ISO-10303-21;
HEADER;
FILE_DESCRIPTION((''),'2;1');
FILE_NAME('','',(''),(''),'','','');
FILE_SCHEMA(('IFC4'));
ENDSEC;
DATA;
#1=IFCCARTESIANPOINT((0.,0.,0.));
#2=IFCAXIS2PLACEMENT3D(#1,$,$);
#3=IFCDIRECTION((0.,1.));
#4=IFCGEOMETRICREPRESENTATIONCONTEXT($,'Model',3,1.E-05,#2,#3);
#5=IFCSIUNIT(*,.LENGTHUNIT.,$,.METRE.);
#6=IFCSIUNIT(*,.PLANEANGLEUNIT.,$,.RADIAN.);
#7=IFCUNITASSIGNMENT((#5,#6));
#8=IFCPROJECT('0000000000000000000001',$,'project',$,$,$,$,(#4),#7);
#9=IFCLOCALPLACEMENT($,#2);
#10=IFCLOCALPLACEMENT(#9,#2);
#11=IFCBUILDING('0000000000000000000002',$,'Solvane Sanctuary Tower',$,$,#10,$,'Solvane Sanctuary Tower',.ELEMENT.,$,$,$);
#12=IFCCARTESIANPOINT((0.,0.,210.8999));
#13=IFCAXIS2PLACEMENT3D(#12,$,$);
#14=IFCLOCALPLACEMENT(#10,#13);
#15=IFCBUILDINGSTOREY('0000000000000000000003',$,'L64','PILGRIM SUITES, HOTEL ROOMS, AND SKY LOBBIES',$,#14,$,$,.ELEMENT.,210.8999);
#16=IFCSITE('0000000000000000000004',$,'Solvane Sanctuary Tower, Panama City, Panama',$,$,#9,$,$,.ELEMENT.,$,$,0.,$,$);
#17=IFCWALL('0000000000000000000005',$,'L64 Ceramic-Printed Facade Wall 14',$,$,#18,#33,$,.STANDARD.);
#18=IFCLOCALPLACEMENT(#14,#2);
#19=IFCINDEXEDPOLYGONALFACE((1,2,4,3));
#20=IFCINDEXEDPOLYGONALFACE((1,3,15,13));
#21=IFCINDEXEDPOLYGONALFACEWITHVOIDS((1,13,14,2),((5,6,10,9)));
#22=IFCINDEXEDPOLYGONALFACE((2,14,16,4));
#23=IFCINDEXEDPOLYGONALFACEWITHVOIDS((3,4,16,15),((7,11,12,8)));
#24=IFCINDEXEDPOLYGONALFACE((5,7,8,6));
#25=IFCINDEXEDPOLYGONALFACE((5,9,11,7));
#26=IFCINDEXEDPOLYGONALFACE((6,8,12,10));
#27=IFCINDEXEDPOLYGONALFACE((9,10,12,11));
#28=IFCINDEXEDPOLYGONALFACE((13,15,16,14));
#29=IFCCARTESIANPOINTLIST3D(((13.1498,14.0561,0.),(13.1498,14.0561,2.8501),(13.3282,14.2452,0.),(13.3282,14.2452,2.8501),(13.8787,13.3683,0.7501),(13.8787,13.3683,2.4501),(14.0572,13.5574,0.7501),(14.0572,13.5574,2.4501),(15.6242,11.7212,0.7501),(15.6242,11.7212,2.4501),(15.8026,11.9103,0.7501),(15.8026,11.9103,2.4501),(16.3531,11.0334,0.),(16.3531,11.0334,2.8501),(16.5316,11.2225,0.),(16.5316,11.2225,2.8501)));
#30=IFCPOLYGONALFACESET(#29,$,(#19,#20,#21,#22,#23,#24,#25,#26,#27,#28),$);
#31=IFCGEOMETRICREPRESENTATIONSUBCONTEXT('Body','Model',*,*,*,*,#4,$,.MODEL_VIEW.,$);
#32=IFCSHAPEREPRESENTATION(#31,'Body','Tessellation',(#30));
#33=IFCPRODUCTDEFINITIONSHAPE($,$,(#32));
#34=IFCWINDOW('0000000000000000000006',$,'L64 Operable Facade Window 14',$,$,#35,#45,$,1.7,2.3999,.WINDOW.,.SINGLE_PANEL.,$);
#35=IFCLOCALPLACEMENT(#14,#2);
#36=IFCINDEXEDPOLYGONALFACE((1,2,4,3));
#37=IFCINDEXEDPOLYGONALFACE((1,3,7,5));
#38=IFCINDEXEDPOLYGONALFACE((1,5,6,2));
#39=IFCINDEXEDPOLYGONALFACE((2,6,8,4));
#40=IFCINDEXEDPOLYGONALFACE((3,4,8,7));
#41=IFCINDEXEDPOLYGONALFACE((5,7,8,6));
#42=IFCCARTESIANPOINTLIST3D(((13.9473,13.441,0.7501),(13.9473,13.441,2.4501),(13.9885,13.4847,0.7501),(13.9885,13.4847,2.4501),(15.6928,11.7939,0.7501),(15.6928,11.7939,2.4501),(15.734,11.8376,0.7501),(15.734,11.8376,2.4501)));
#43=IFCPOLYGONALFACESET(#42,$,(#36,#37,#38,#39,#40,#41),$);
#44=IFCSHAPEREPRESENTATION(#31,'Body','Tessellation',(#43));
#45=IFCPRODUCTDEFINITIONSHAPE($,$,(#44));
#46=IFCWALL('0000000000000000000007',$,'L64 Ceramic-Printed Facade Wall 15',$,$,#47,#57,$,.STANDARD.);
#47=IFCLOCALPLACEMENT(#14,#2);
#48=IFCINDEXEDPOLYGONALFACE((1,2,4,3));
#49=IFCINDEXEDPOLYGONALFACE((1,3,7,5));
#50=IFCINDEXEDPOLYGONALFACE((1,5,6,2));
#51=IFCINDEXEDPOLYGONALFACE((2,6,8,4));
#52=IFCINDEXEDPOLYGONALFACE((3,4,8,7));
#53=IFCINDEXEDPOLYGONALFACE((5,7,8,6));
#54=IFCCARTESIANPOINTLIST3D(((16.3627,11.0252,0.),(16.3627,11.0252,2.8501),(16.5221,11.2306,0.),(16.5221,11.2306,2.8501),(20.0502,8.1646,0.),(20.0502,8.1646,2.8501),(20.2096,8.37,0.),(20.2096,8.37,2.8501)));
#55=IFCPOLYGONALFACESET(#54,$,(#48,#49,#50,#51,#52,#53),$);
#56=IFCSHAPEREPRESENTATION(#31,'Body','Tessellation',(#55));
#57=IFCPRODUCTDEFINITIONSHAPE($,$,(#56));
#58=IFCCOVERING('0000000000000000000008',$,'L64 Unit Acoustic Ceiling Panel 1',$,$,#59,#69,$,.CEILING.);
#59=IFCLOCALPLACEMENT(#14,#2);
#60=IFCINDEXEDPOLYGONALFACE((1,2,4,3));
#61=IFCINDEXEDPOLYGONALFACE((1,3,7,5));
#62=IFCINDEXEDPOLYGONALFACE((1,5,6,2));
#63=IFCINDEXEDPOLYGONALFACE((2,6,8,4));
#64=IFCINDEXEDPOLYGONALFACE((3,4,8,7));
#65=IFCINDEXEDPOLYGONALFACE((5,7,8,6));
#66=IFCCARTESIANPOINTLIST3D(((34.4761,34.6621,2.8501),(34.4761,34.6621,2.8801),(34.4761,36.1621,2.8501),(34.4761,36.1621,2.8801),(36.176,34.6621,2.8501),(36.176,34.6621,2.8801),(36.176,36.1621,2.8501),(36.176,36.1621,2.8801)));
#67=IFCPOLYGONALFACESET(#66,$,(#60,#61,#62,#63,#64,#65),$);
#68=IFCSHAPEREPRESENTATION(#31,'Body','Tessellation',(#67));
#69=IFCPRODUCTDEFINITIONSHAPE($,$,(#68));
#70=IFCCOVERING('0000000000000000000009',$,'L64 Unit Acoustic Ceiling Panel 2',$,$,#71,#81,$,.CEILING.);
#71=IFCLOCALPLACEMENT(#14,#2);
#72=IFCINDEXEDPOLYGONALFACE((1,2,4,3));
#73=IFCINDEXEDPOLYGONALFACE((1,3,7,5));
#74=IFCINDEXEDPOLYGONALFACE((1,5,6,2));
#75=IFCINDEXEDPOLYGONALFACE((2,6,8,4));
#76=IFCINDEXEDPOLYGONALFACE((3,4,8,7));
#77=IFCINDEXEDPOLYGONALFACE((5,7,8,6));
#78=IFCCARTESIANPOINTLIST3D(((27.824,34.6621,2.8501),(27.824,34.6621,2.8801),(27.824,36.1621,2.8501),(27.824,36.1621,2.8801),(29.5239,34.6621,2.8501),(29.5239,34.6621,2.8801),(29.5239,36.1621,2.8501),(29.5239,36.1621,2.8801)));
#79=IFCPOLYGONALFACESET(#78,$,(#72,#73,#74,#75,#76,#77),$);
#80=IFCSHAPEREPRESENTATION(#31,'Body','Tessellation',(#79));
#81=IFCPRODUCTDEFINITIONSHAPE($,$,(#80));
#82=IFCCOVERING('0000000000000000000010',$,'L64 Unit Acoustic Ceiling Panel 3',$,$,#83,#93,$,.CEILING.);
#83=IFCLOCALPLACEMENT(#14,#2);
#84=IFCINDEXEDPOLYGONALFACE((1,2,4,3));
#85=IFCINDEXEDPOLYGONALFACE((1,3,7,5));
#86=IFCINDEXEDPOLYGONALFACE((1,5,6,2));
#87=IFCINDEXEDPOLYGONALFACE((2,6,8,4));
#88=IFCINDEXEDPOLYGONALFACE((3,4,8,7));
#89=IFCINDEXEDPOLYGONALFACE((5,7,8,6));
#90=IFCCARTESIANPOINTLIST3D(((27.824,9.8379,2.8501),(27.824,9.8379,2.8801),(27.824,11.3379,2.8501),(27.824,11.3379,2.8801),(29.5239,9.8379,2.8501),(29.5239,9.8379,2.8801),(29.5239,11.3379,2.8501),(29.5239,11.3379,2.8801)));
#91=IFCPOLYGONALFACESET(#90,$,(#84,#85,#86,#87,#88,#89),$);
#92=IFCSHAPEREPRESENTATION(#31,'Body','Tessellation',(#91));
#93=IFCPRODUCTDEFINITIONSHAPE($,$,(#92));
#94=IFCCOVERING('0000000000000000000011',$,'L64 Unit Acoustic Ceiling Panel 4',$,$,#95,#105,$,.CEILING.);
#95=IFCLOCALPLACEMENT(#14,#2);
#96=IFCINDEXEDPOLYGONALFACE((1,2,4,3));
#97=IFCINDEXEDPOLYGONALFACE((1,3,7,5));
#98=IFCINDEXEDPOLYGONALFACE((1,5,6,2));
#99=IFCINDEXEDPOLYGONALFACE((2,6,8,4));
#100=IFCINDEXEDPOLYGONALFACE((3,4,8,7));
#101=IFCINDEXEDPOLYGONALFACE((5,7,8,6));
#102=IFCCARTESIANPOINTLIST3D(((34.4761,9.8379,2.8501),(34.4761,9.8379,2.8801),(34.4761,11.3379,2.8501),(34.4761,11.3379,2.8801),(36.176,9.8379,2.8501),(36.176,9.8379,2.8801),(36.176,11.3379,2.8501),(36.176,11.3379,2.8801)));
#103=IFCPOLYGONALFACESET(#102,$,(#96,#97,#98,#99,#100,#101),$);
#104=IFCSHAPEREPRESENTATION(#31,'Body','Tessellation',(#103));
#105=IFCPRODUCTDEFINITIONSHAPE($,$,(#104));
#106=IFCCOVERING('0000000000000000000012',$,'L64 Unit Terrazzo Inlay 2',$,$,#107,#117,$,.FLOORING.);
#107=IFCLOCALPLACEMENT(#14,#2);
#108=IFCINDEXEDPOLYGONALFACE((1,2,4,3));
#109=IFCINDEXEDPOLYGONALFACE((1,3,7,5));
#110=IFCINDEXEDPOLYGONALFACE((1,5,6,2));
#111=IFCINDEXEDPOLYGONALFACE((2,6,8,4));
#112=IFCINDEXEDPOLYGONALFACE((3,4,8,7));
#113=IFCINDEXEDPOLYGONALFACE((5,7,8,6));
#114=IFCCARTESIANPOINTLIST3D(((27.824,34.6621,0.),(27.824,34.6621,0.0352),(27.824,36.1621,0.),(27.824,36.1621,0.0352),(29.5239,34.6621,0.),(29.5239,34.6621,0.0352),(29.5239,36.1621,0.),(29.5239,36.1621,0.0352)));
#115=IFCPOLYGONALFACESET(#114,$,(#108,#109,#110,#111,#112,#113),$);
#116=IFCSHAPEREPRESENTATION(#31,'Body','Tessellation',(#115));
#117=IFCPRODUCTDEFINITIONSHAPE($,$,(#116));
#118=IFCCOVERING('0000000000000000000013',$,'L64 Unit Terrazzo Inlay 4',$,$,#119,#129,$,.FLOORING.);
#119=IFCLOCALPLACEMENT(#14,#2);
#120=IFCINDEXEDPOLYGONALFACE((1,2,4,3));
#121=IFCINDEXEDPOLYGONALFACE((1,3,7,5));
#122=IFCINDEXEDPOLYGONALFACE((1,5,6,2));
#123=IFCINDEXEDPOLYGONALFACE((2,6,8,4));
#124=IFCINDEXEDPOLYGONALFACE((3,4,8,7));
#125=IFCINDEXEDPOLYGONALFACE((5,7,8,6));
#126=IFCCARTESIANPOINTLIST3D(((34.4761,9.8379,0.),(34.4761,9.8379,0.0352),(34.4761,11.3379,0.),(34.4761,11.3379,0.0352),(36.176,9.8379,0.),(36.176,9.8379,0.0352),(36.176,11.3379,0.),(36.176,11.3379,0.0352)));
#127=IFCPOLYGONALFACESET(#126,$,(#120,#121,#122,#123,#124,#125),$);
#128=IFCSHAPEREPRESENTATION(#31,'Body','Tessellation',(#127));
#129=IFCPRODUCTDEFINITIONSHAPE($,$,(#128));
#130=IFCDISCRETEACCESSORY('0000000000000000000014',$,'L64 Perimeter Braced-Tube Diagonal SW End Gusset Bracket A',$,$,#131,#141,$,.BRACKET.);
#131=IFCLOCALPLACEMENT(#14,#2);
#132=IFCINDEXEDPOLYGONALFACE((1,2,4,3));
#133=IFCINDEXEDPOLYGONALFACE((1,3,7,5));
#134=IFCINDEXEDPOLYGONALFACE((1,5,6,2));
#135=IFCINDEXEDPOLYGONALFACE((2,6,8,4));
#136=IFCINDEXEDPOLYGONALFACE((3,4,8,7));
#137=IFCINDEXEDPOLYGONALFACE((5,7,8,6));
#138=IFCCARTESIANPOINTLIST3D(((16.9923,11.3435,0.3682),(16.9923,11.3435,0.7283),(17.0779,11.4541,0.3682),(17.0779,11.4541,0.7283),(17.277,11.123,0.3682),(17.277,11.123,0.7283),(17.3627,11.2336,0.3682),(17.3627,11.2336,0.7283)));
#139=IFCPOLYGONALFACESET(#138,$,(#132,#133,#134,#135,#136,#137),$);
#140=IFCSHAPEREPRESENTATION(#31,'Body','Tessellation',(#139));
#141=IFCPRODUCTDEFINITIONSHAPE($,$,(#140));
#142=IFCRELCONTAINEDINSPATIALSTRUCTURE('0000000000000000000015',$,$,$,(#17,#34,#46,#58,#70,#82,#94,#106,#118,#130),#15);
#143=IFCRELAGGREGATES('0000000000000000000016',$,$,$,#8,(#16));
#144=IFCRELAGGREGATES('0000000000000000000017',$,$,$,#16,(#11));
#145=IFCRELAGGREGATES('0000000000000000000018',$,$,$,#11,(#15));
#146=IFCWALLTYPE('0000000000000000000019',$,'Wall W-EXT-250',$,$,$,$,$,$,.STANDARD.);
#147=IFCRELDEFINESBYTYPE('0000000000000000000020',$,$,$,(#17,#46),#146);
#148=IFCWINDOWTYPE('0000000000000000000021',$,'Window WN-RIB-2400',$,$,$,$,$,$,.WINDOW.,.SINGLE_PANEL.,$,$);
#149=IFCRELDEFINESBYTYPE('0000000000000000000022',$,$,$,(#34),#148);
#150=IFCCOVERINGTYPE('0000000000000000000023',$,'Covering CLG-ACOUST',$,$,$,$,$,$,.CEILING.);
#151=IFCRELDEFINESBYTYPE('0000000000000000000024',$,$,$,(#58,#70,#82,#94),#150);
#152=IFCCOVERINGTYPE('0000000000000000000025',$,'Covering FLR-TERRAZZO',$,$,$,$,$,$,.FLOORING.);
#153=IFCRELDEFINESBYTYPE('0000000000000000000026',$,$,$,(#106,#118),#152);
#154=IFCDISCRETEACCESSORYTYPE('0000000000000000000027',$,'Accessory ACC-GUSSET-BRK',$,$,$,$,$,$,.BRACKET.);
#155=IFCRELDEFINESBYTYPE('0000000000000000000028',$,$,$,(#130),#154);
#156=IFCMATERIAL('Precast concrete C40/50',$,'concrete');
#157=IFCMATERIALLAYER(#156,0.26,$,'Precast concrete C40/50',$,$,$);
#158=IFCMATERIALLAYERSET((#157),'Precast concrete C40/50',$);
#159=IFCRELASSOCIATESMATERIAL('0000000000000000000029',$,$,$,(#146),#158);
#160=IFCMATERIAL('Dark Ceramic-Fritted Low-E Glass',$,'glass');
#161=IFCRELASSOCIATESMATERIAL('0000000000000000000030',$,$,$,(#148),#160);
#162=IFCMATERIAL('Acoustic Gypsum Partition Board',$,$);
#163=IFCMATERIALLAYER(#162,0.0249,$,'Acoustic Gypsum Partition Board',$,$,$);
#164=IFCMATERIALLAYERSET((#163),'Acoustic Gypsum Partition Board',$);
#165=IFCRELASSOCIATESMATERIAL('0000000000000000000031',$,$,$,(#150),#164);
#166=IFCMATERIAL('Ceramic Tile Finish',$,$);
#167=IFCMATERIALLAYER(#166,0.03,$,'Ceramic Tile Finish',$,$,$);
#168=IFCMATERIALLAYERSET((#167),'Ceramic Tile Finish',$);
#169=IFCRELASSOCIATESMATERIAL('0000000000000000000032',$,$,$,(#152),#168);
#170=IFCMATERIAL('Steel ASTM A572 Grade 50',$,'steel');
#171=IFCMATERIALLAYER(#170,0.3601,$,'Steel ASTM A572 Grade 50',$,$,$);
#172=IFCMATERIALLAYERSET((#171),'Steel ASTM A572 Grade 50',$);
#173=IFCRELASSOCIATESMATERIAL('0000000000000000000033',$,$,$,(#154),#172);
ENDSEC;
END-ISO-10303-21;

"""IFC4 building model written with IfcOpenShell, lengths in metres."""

from ifc_helpers import new_model, si_unit, direction, frame, frame_2d, origin, origin_2d, place, context, subcontext, project, spatial, polyline, rectangle, outline, extrude, material, layer, layer_set, type_object, element, fill, save


model = new_model("IFC4")

# Units and contexts
model_context = context("Model", 3, precision=1e-05, world=origin(), true_north=direction((0.0, 1.0)))
body_context = subcontext(model_context, "Body", "Model", "MODEL_VIEW")
ifc_project = project(units=[si_unit("LENGTHUNIT", "METRE"), si_unit("PLANEANGLEUNIT", "RADIAN")], contexts=[model_context])

# Site, building, storey
site_placement = place(None, origin())
site = spatial("IfcSite", under=ifc_project, at=site_placement, Name="Solvane Sanctuary Tower, Panama City, Panama", CompositionType="ELEMENT", RefElevation=0.0)
building_placement = place(site_placement, origin())
building = spatial("IfcBuilding", under=site, at=building_placement, Name="Solvane Sanctuary Tower", LongName="Solvane Sanctuary Tower", CompositionType="ELEMENT")
storey_placement = place(building_placement, frame((0.0, 0.0, 210.8999)))
storey = spatial("IfcBuildingStorey", under=building, at=storey_placement, Name="L64", Description="PILGRIM SUITES, HOTEL ROOMS, AND SKY LOBBIES", CompositionType="ELEMENT", Elevation=210.8999)

# Shared definitions
ifc_material_1 = material(Name="Acoustic Gypsum Partition Board")

# Wall, opening, window
ifc_material_2 = material(Name="Precast concrete C40/50", Category="concrete")
ifc_layer_1 = layer(ifc_material_2, 0.26, Name="Precast concrete C40/50")
ifc_layer_set_1 = layer_set([ifc_layer_1], Name="Precast concrete C40/50")
wall_type_1 = type_object("IfcWallType", Name="Wall W-EXT-250", PredefinedType="STANDARD", material=ifc_layer_set_1)
wall_1_placement = place(storey_placement, frame((13.239, 14.1506, 0.0), z_axis=(0.0, 0.0, 1.0), x_axis=(0.727319, -0.6863, 0.0)))
wall_1 = element("IfcWall", 1, at=wall_1_placement, inside=storey, type_object=wall_type_1, Name="L64 Ceramic-Printed Facade Wall 14", PredefinedType="STANDARD", context=body_context, shape_type="SweptSolid", body=[
    extrude(rectangle(XDim=4.4043, YDim=0.26, at=frame_2d((2.2021, 0.0))), origin(), (0.0, 0.0, 1.0), 2.8501),
])
opening_1_placement = place(wall_1_placement, frame((1.0022, 0.0, 0.75)))
opening_1 = element("IfcOpeningElement", 2, at=opening_1_placement, cuts=wall_1, PredefinedType="OPENING", context=body_context, shape_type="SweptSolid", body=[
    extrude(rectangle(XDim=2.3999, YDim=1.7, at=frame_2d((1.2, 0.8501))), frame((0.0, 0.1399, 0.0), z_axis=(0.0, -1.0, 0.0), x_axis=(1.0, 0.0, 0.0)), (0.0, 0.0, 1.0), 0.28),
])
ifc_material_3 = material(Name="Dark Ceramic-Fritted Low-E Glass", Category="glass")
window_type = type_object("IfcWindowType", Name="Window WN-RIB-2400", PartitioningType="SINGLE_PANEL", PredefinedType="WINDOW", material=ifc_material_3)
window_placement = place(opening_1_placement, origin())
window = element("IfcWindow", 3, at=window_placement, inside=storey, type_object=window_type, Name="L64 Operable Facade Window 14", OverallHeight=1.7, OverallWidth=2.3999, PartitioningType="SINGLE_PANEL", PredefinedType="WINDOW", context=body_context, shape_type="SweptSolid", body=[
    extrude(rectangle(XDim=2.3999, YDim=1.7, at=frame_2d((1.2, 0.8501))), frame((0.0, 0.03, 0.0), z_axis=(0.0, -1.0, 0.0), x_axis=(1.0, 0.0, 0.0)), (0.0, 0.0, 1.0), 0.0601),
])
fill(opening_1, window)

# Wall
wall_2_placement = place(storey_placement, frame((16.4424, 11.1279, 0.0), z_axis=(0.0, 0.0, 1.0), x_axis=(0.790126, -0.612944, 0.0)))
element("IfcWall", 4, at=wall_2_placement, inside=storey, type_object=wall_type_1, Name="L64 Ceramic-Printed Facade Wall 15", PredefinedType="STANDARD", context=body_context, shape_type="SweptSolid", body=[
    extrude(rectangle(XDim=4.667, YDim=0.26, at=frame_2d((2.3335, 0.0))), origin(), (0.0, 0.0, 1.0), 2.8501),
])

# Coverings
ifc_layer_2 = layer(ifc_material_1, 0.0249, Name="Acoustic Gypsum Partition Board")
ifc_layer_set_2 = layer_set([ifc_layer_2], Name="Acoustic Gypsum Partition Board")
covering_type_1 = type_object("IfcCoveringType", Name="Covering CLG-ACOUST", PredefinedType="CEILING", material=ifc_layer_set_2)
covering_1_placement = place(storey_placement, frame((0.0, 0.0, 2.8501)))
element("IfcCovering", 5, at=covering_1_placement, inside=storey, type_object=covering_type_1, Name="L64 Unit Acoustic Ceiling Panel 1", PredefinedType="CEILING", context=body_context, shape_type="SweptSolid", body=[
    extrude(outline(polyline([(34.4761, 34.6621), (36.176, 34.6621), (36.176, 36.1621), (34.4761, 36.1621), (34.4761, 34.6621)])), origin(), (0.0, 0.0, 1.0), 0.03),
])
covering_2_placement = place(storey_placement, frame((0.0, 0.0, 2.8501)))
element("IfcCovering", 6, at=covering_2_placement, inside=storey, type_object=covering_type_1, Name="L64 Unit Acoustic Ceiling Panel 2", PredefinedType="CEILING", context=body_context, shape_type="SweptSolid", body=[
    extrude(outline(polyline([(27.824, 34.6621), (29.5239, 34.6621), (29.5239, 36.1621), (27.824, 36.1621), (27.824, 34.6621)])), origin(), (0.0, 0.0, 1.0), 0.03),
])
covering_3_placement = place(storey_placement, frame((0.0, 0.0, 2.8501)))
element("IfcCovering", 7, at=covering_3_placement, inside=storey, type_object=covering_type_1, Name="L64 Unit Acoustic Ceiling Panel 3", PredefinedType="CEILING", context=body_context, shape_type="SweptSolid", body=[
    extrude(outline(polyline([(27.824, 9.8379), (29.5239, 9.8379), (29.5239, 11.3379), (27.824, 11.3379), (27.824, 9.8379)])), origin(), (0.0, 0.0, 1.0), 0.03),
])
covering_4_placement = place(storey_placement, frame((0.0, 0.0, 2.8501)))
element("IfcCovering", 8, at=covering_4_placement, inside=storey, type_object=covering_type_1, Name="L64 Unit Acoustic Ceiling Panel 4", PredefinedType="CEILING", context=body_context, shape_type="SweptSolid", body=[
    extrude(outline(polyline([(34.4761, 9.8379), (36.176, 9.8379), (36.176, 11.3379), (34.4761, 11.3379), (34.4761, 9.8379)])), origin(), (0.0, 0.0, 1.0), 0.03),
])
ifc_material_4 = material(Name="Ceramic Tile Finish")
ifc_layer_3 = layer(ifc_material_4, 0.03, Name="Ceramic Tile Finish")
ifc_layer_set_3 = layer_set([ifc_layer_3], Name="Ceramic Tile Finish")
covering_type_2 = type_object("IfcCoveringType", Name="Covering FLR-TERRAZZO", PredefinedType="FLOORING", material=ifc_layer_set_3)
covering_5_placement = place(storey_placement, origin())
element("IfcCovering", 9, at=covering_5_placement, inside=storey, type_object=covering_type_2, Name="L64 Unit Terrazzo Inlay 2", PredefinedType="FLOORING", context=body_context, shape_type="SweptSolid", body=[
    extrude(outline(polyline([(27.824, 34.6621), (29.5239, 34.6621), (29.5239, 36.1621), (27.824, 36.1621), (27.824, 34.6621)])), origin(), (0.0, 0.0, 1.0), 0.0352),
])
covering_6_placement = place(storey_placement, origin())
element("IfcCovering", 10, at=covering_6_placement, inside=storey, type_object=covering_type_2, Name="L64 Unit Terrazzo Inlay 4", PredefinedType="FLOORING", context=body_context, shape_type="SweptSolid", body=[
    extrude(outline(polyline([(34.4761, 9.8379), (36.176, 9.8379), (36.176, 11.3379), (34.4761, 11.3379), (34.4761, 9.8379)])), origin(), (0.0, 0.0, 1.0), 0.0352),
])

# Discrete accessory
ifc_material_5 = material(Name="Steel ASTM A572 Grade 50", Category="steel")
ifc_layer_4 = layer(ifc_material_5, 0.3601, Name="Steel ASTM A572 Grade 50")
ifc_layer_set_4 = layer_set([ifc_layer_4], Name="Steel ASTM A572 Grade 50")
discrete_accessory_type = type_object("IfcDiscreteAccessoryType", Name="Accessory ACC-GUSSET-BRK", PredefinedType="BRACKET", material=ifc_layer_set_4)
discrete_accessory_placement = place(storey_placement, frame((17.1775, 11.2886, 0.3682), z_axis=(0.0, 0.0, 1.0), x_axis=(0.79069, -0.612217, 0.0)))
element("IfcDiscreteAccessory", 11, at=discrete_accessory_placement, inside=storey, type_object=discrete_accessory_type, Name="L64 Perimeter Braced-Tube Diagonal SW End Gusset Bracket A", PredefinedType="BRACKET", context=body_context, shape_type="SweptSolid", body=[
    extrude(rectangle(XDim=0.3601, YDim=0.1399, at=origin_2d()), origin(), (0.0, 0.0, 1.0), 0.3601),
])

save(model, "model.ifc")
